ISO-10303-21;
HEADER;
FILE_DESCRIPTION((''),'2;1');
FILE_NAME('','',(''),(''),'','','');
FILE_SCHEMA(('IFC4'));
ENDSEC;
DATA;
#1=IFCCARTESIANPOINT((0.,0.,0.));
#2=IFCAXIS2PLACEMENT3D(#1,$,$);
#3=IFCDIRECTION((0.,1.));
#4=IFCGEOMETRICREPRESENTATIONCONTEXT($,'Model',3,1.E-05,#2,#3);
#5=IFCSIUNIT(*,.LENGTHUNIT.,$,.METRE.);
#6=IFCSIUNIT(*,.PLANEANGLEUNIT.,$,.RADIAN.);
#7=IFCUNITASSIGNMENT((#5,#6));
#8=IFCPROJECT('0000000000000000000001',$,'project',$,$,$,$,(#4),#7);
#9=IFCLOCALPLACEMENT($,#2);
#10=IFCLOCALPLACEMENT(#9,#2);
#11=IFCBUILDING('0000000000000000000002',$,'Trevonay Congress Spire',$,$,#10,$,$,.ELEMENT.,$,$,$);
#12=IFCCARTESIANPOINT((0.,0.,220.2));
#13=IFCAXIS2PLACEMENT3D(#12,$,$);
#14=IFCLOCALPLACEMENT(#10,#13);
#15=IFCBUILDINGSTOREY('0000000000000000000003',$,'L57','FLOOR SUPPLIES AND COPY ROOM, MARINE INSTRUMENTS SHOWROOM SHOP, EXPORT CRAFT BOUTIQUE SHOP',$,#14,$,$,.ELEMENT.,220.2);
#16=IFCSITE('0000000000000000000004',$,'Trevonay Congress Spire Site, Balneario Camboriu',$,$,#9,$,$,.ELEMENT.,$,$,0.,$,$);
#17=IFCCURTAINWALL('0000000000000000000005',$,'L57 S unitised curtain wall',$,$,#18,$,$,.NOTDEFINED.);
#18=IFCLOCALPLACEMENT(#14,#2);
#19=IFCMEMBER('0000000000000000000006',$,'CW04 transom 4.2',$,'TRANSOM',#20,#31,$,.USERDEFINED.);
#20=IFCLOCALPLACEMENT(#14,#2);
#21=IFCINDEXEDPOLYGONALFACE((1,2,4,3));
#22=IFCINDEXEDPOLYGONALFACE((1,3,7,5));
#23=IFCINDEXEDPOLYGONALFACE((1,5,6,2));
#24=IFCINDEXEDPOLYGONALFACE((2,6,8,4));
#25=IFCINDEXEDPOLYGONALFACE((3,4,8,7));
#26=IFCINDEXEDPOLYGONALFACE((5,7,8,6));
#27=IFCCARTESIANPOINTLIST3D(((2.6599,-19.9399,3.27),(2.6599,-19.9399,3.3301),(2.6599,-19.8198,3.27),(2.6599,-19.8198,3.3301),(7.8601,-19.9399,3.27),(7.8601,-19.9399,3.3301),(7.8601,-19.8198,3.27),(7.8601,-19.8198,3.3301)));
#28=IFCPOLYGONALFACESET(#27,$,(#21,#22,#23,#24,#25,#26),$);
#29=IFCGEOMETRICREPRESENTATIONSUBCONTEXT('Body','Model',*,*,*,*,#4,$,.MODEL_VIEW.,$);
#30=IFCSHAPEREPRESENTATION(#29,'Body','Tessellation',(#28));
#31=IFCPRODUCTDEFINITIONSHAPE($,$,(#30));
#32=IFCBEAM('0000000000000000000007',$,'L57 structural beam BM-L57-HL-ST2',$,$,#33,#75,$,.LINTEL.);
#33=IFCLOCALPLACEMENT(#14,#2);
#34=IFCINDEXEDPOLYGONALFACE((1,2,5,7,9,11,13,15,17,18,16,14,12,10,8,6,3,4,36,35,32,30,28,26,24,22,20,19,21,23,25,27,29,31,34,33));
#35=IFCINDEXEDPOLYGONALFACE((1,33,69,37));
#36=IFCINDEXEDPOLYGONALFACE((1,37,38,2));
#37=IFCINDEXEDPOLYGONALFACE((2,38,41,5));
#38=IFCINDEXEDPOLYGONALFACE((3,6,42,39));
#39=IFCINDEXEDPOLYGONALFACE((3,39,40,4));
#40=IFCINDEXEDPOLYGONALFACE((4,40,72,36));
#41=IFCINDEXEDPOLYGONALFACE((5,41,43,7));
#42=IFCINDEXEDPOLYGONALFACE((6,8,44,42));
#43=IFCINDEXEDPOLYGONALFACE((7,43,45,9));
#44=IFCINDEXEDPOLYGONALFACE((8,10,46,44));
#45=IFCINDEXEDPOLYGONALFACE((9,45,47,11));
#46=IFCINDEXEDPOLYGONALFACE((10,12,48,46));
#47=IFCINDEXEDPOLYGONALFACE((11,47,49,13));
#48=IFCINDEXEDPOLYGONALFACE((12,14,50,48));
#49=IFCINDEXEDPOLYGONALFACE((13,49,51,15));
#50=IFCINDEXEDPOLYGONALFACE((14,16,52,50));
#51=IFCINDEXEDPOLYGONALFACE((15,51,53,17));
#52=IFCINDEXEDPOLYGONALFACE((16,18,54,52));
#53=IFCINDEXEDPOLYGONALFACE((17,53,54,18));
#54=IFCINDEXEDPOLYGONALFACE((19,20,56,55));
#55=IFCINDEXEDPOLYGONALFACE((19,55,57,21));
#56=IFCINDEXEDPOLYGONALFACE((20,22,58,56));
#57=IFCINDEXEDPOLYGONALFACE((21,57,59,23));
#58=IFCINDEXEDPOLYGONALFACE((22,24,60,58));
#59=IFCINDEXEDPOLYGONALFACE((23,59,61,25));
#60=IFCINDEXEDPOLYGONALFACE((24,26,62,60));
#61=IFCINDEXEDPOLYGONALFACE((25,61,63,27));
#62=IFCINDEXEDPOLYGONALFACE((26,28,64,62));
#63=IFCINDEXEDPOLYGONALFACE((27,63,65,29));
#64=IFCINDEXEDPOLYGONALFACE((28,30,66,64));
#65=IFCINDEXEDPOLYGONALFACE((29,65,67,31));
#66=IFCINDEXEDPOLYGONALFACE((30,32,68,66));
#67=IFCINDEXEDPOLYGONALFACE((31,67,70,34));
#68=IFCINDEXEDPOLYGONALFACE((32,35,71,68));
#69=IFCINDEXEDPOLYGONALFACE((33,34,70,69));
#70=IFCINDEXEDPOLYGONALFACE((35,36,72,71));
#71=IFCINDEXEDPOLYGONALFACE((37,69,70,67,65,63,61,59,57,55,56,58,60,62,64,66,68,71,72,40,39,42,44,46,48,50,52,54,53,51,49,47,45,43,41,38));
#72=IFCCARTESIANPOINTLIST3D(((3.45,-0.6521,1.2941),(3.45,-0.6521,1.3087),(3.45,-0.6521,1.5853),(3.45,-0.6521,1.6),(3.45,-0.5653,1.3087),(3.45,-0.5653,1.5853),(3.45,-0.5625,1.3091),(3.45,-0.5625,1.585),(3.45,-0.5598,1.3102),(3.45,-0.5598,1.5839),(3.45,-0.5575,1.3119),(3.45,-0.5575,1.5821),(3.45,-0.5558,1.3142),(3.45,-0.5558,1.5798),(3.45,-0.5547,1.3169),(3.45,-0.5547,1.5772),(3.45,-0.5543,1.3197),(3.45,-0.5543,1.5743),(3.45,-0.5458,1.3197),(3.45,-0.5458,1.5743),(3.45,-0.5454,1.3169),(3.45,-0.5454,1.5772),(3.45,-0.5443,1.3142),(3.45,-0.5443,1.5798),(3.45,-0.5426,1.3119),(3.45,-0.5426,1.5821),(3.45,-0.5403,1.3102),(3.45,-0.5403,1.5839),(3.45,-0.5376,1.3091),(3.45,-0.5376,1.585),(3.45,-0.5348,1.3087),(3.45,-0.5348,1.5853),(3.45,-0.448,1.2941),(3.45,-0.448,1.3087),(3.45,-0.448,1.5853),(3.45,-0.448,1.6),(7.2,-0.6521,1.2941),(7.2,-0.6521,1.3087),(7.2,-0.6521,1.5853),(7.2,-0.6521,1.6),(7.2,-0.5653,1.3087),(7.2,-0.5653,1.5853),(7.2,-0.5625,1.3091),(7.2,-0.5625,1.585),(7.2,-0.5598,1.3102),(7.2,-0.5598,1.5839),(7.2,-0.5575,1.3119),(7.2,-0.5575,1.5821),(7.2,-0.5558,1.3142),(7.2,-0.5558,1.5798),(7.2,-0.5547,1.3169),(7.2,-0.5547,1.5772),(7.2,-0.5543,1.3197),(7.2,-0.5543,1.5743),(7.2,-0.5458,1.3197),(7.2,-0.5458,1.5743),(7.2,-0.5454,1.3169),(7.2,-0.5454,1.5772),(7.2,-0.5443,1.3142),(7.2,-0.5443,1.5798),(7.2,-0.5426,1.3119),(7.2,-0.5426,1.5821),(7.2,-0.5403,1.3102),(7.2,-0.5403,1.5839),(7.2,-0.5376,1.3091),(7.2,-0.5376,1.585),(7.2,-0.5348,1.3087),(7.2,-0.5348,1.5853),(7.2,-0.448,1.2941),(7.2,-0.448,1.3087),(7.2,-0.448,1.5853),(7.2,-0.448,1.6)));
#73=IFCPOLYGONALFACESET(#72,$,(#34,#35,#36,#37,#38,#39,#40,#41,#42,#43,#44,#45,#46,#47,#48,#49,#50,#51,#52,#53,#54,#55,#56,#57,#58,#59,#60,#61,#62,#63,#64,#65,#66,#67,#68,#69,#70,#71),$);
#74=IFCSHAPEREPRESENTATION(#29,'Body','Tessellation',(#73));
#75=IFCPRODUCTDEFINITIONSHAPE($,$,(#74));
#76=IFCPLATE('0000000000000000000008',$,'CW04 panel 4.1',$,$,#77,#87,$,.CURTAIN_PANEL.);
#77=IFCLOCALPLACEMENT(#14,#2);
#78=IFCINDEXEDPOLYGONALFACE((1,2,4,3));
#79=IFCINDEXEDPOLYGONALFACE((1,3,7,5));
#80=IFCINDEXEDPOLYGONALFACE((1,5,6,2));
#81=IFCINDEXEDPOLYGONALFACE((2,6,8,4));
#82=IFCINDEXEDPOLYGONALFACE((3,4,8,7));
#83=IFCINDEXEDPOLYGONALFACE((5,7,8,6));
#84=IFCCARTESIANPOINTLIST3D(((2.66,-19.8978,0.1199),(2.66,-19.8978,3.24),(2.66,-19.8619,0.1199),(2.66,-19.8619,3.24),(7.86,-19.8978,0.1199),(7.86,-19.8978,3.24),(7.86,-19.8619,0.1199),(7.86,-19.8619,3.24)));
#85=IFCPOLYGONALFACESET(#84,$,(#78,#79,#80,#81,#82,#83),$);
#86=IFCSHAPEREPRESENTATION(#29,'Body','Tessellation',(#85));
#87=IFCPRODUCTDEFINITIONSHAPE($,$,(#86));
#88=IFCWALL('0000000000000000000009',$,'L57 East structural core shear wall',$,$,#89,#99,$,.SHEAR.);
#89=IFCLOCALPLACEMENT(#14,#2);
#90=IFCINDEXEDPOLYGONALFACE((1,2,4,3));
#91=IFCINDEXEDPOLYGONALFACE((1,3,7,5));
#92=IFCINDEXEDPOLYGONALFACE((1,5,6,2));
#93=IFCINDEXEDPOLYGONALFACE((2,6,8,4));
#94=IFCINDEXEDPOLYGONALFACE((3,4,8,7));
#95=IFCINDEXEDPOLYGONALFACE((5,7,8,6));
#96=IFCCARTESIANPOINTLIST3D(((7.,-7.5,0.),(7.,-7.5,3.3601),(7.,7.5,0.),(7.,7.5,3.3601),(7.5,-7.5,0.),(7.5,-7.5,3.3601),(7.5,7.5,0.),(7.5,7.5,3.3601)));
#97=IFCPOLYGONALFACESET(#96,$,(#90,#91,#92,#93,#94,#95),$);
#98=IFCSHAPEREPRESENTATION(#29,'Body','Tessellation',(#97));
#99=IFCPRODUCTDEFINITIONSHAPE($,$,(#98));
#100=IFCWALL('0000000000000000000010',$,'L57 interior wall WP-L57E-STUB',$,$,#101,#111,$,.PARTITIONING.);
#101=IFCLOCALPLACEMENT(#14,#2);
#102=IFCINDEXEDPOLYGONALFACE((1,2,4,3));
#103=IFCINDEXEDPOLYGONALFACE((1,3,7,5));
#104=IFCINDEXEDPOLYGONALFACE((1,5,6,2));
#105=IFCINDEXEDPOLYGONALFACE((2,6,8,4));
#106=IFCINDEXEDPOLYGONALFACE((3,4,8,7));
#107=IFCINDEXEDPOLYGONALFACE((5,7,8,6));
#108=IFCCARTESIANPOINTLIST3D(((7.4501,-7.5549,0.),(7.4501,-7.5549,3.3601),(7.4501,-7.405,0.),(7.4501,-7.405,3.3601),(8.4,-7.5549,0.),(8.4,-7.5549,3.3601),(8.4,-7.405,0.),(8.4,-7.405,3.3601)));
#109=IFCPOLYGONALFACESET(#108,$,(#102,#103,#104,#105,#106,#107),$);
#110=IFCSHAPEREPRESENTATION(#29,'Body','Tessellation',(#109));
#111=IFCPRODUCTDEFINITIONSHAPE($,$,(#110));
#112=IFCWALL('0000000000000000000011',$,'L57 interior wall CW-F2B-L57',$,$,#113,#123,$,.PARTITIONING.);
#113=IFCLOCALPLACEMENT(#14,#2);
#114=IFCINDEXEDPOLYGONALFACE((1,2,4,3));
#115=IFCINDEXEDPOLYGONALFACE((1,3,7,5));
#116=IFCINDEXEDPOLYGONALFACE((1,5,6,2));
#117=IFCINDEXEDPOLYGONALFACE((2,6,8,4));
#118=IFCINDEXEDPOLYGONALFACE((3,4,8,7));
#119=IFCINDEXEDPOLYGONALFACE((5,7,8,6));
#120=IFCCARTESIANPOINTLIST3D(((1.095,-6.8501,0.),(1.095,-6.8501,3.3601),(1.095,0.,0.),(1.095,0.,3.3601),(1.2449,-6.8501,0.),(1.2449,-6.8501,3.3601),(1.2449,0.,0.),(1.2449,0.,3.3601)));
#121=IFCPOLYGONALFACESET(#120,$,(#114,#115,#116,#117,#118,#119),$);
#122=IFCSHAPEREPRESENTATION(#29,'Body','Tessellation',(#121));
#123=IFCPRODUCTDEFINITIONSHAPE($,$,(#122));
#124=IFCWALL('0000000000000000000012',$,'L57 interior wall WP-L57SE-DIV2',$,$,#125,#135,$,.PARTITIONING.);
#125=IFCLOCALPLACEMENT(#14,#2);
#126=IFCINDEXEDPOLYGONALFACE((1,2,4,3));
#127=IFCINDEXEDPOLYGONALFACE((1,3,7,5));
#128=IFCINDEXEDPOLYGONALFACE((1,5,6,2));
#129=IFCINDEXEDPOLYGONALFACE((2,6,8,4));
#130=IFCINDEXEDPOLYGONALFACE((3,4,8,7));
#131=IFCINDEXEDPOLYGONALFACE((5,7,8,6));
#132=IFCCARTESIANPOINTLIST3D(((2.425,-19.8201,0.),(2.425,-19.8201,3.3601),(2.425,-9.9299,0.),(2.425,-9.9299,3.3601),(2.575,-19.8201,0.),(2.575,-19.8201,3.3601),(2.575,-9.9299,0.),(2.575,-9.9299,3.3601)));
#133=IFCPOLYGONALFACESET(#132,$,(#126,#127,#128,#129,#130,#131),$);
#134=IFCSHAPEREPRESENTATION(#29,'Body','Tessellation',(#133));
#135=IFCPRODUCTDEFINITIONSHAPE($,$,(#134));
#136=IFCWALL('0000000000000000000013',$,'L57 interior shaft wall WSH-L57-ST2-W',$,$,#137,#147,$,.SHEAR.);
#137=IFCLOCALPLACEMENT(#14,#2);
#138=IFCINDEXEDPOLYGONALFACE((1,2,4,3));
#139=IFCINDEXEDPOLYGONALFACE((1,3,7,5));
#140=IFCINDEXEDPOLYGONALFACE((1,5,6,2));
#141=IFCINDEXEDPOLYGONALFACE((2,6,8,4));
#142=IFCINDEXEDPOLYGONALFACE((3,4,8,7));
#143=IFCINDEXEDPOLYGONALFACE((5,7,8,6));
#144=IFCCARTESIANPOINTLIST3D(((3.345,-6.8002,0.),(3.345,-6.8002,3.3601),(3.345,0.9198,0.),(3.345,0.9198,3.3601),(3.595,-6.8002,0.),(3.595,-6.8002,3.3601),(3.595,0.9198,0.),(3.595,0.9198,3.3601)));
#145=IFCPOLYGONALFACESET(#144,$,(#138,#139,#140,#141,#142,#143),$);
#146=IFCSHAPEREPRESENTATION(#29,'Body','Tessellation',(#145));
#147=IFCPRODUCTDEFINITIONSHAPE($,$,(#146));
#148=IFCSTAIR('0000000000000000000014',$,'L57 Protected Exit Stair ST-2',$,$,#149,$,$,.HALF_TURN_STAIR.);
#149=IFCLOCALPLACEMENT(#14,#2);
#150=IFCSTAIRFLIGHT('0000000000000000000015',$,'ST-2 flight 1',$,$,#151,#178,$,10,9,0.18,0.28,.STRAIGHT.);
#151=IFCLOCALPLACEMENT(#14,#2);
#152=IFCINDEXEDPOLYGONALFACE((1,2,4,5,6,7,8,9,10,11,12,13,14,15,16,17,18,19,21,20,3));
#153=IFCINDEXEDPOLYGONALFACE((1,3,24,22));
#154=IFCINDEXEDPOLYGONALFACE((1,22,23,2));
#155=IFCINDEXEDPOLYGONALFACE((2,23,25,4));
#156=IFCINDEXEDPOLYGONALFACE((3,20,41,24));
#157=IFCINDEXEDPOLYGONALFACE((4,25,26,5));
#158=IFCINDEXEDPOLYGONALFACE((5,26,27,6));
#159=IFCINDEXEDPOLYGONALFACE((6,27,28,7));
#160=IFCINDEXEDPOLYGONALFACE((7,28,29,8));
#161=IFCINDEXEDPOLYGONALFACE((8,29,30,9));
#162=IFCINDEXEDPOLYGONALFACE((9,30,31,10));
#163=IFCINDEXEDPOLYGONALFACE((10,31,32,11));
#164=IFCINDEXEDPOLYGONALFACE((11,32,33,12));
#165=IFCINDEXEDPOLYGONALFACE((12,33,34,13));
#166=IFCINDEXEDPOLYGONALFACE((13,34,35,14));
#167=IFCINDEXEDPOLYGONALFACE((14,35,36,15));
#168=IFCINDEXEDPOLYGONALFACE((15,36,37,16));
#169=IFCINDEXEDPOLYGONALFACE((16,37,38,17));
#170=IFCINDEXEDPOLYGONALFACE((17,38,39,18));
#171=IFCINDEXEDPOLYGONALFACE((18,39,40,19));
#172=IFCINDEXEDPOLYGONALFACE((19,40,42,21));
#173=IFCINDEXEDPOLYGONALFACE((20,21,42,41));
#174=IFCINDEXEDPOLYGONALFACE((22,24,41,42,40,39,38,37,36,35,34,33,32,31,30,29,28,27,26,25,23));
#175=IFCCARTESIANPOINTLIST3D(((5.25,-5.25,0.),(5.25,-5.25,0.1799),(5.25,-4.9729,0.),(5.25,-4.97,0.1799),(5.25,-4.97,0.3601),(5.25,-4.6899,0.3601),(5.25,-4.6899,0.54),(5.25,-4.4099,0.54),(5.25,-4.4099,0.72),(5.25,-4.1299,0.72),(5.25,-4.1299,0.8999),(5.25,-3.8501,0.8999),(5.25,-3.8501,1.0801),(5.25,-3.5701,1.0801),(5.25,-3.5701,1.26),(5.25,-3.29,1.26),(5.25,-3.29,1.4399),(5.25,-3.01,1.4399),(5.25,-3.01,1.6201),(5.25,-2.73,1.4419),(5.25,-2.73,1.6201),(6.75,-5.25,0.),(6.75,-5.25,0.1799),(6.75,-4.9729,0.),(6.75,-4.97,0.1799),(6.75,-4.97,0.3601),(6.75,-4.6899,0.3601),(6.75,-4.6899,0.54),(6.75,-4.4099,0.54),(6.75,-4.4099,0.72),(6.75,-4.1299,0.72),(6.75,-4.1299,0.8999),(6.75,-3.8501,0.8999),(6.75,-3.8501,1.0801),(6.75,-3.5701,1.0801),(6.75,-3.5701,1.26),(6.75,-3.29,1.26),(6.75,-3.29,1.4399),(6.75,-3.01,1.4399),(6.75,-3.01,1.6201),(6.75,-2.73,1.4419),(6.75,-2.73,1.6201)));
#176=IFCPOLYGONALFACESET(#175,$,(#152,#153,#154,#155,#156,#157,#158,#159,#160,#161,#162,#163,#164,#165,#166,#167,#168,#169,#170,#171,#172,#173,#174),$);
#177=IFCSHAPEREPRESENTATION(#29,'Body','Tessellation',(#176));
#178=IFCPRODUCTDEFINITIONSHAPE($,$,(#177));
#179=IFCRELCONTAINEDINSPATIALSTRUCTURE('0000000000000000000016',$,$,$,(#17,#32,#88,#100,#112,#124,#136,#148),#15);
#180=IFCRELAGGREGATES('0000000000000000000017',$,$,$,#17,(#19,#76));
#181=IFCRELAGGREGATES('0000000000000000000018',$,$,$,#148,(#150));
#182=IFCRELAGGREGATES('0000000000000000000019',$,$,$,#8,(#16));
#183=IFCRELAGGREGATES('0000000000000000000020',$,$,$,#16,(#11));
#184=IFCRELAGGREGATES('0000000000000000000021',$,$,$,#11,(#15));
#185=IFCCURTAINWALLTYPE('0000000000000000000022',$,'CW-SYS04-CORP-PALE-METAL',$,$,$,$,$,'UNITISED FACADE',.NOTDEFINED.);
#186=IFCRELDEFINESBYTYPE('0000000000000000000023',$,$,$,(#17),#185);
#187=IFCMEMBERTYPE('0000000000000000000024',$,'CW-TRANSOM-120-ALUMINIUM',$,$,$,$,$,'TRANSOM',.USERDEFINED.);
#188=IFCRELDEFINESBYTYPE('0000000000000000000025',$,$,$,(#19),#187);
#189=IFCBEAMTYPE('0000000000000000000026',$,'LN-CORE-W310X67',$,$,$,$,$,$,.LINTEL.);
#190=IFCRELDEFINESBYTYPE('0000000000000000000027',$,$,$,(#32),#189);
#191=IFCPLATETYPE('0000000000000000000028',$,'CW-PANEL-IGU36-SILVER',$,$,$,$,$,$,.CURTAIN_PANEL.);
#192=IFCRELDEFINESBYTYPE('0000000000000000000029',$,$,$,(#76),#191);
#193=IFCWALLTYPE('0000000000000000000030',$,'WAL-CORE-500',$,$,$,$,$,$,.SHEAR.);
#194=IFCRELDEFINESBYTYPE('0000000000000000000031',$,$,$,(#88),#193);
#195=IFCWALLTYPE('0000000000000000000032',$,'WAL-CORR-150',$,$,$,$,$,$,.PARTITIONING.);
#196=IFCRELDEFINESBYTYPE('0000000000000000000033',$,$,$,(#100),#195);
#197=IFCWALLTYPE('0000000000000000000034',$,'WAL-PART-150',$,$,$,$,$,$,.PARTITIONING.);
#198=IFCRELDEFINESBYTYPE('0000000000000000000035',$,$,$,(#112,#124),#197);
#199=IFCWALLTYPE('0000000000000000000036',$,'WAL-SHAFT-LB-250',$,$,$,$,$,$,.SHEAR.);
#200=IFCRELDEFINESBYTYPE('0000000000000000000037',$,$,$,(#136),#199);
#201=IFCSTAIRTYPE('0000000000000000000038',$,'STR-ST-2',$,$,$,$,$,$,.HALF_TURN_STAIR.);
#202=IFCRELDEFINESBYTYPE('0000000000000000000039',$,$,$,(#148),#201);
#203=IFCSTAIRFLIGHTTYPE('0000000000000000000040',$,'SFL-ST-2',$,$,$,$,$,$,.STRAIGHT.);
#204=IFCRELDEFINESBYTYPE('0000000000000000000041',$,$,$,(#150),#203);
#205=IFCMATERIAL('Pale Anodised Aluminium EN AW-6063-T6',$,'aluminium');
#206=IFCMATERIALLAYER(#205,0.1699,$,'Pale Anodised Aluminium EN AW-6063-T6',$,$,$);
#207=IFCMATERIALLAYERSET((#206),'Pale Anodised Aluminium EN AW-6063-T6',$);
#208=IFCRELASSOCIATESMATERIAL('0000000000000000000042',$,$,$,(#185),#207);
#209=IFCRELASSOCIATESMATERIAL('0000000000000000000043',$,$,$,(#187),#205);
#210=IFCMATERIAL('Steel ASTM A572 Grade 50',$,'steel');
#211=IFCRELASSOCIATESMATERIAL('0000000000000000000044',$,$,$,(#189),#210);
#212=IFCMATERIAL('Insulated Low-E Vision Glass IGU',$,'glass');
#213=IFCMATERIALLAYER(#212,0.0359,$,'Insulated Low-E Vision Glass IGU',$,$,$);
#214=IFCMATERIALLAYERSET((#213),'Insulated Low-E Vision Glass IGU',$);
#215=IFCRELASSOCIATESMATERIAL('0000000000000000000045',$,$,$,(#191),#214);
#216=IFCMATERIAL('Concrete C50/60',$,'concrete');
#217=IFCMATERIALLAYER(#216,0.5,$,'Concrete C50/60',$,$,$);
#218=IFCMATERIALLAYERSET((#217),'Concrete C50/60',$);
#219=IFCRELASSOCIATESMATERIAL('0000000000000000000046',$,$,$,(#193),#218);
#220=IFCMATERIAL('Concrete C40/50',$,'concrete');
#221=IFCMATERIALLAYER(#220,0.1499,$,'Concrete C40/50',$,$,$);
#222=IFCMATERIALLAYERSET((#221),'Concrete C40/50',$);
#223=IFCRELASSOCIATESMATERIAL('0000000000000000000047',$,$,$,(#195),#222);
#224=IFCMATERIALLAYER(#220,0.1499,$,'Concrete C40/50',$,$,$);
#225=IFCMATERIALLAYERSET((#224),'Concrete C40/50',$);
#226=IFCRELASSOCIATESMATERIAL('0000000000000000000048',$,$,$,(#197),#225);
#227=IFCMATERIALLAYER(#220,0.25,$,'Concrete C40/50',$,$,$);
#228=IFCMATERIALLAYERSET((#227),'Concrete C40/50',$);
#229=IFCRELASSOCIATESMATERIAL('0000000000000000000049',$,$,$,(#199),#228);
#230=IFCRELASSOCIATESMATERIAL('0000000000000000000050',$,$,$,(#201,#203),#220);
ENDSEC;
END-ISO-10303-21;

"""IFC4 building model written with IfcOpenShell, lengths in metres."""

from ifc_helpers import new_model, si_unit, direction, frame, frame_2d, origin, origin_2d, place, context, subcontext, project, spatial, polyline, rectangle, i_section, outline, extrude, material, layer, layer_set, material_profile, profile_set, type_object, element, aggregate, save


model = new_model("IFC4")

# Units and contexts
model_context = context("Model", 3, precision=1e-05, world=origin(), true_north=direction((0.0, 1.0)))
body_context = subcontext(model_context, "Body", "Model", "MODEL_VIEW")
ifc_project = project(units=[si_unit("LENGTHUNIT", "METRE"), si_unit("PLANEANGLEUNIT", "RADIAN")], contexts=[model_context])

# Site, building, storey
site_placement = place(None, origin())
site = spatial("IfcSite", under=ifc_project, at=site_placement, Name="Trevonay Congress Spire Site, Balneario Camboriu", CompositionType="ELEMENT", RefElevation=0.0)
building_placement = place(site_placement, origin())
building = spatial("IfcBuilding", under=site, at=building_placement, Name="Trevonay Congress Spire", CompositionType="ELEMENT")
storey_placement = place(building_placement, frame((0.0, 0.0, 220.2)))
storey = spatial("IfcBuildingStorey", under=building, at=storey_placement, Name="L57", Description="FLOOR SUPPLIES AND COPY ROOM, MARINE INSTRUMENTS SHOWROOM SHOP, EXPORT CRAFT BOUTIQUE SHOP", CompositionType="ELEMENT", Elevation=220.2)

# Shared definitions
ifc_material_1 = material(Name="Steel ASTM A572 Grade 50", Category="steel")

# Curtain wall, member
ifc_material_2 = material(Name="Pale Anodised Aluminium EN AW-6063-T6", Category="aluminium")
ifc_layer_1 = layer(ifc_material_2, 0.1699, Name="Pale Anodised Aluminium EN AW-6063-T6")
ifc_layer_set_1 = layer_set([ifc_layer_1], Name="Pale Anodised Aluminium EN AW-6063-T6")
curtain_wall_type = type_object("IfcCurtainWallType", Name="CW-SYS04-CORP-PALE-METAL", ElementType="UNITISED FACADE", PredefinedType="NOTDEFINED", material=ifc_layer_set_1)
curtain_wall_placement = place(storey_placement, origin())
curtain_wall = element("IfcCurtainWall", 1, at=curtain_wall_placement, inside=storey, type_object=curtain_wall_type, Name="L57 S unitised curtain wall", PredefinedType="NOTDEFINED")
ifc_material_profile_1 = material_profile(ifc_material_2, rectangle(XDim=0.1201, YDim=0.0601, at=origin_2d()), Name="CW-TRANSOM-120-ALUMINIUM")
ifc_profile_set_1 = profile_set([ifc_material_profile_1], Name="Pale Anodised Aluminium EN AW-6063-T6")
member_type_1 = type_object("IfcMemberType", Name="CW-TRANSOM-120-ALUMINIUM", ElementType="TRANSOM", PredefinedType="USERDEFINED", material=ifc_profile_set_1)
member_1_placement = place(storey_placement, frame((2.6599, -19.8799, 3.3), z_axis=(1.0, 0.0, 0.0), x_axis=(0.0, 1.0, 0.0)))
member_1 = element("IfcMember", 2, at=member_1_placement, type_object=member_type_1, Name="CW04 transom 4.2", ObjectType="TRANSOM", PredefinedType="USERDEFINED", context=body_context, shape_type="SweptSolid", body=[
    extrude(rectangle(XDim=0.1201, YDim=0.0601, at=origin_2d()), origin(), (0.0, 0.0, 1.0), 5.2002),
])

# Beam
ifc_material_profile_2 = material_profile(ifc_material_1, i_section(OverallWidth=0.2041, OverallDepth=0.3059, WebThickness=0.0085, FlangeThickness=0.0146, FilletRadius=0.011, at=origin_2d()), Name="W310x67")
ifc_profile_set_2 = profile_set([ifc_material_profile_2], Name="Steel ASTM A572 Grade 50")
beam_type_1 = type_object("IfcBeamType", Name="LN-CORE-W310X67", PredefinedType="LINTEL", material=ifc_profile_set_2)
beam_1_placement = place(storey_placement, frame((3.45, -0.55, 1.447), z_axis=(1.0, 0.0, 0.0), x_axis=(0.0, 1.0, 0.0)))
element("IfcBeam", 3, at=beam_1_placement, inside=storey, type_object=beam_type_1, Name="L57 structural beam BM-L57-HL-ST2", PredefinedType="LINTEL", context=body_context, shape_type="SweptSolid", body=[
    extrude(i_section(OverallWidth=0.2041, OverallDepth=0.3059, WebThickness=0.0085, FlangeThickness=0.0146, FilletRadius=0.011, at=origin_2d()), origin(), (0.0, 0.0, 1.0), 3.75),
])

# Plate
ifc_material_3 = material(Name="Insulated Low-E Vision Glass IGU", Category="glass")
ifc_layer_2 = layer(ifc_material_3, 0.0359, Name="Insulated Low-E Vision Glass IGU")
ifc_layer_set_2 = layer_set([ifc_layer_2], Name="Insulated Low-E Vision Glass IGU")
plate_type = type_object("IfcPlateType", Name="CW-PANEL-IGU36-SILVER", PredefinedType="CURTAIN_PANEL", material=ifc_layer_set_2)
plate_placement = place(storey_placement, frame((5.26, -19.8799, 0.1199), z_axis=(0.0, 0.0, 1.0), x_axis=(1.0, 0.0, 0.0)))
plate = element("IfcPlate", 4, at=plate_placement, type_object=plate_type, Name="CW04 panel 4.1", PredefinedType="CURTAIN_PANEL", context=body_context, shape_type="SweptSolid", body=[
    extrude(rectangle(XDim=5.2, YDim=0.0359, at=origin_2d()), origin(), (0.0, 0.0, 1.0), 3.1201),
])
aggregate(curtain_wall, [member_1, plate])

# Walls
ifc_material_4 = material(Name="Concrete C50/60", Category="concrete")
ifc_layer_3 = layer(ifc_material_4, 0.5, Name="Concrete C50/60")
ifc_layer_set_3 = layer_set([ifc_layer_3], Name="Concrete C50/60")
wall_type_1 = type_object("IfcWallType", Name="WAL-CORE-500", PredefinedType="SHEAR", material=ifc_layer_set_3)
wall_1_placement = place(storey_placement, frame((7.25, -7.5, 0.0), z_axis=(0.0, 0.0, 1.0), x_axis=(0.0, 1.0, 0.0)))
element("IfcWall", 5, at=wall_1_placement, inside=storey, type_object=wall_type_1, Name="L57 East structural core shear wall", PredefinedType="SHEAR", context=body_context, shape_type="SweptSolid", body=[
    extrude(rectangle(XDim=15.0, YDim=0.5, at=frame_2d((7.5, 0.0))), origin(), (0.0, 0.0, 1.0), 3.3601),
])
ifc_material_5 = material(Name="Concrete C40/50", Category="concrete")
ifc_layer_4 = layer(ifc_material_5, 0.1499, Name="Concrete C40/50")
ifc_layer_set_4 = layer_set([ifc_layer_4], Name="Concrete C40/50")
wall_type_2 = type_object("IfcWallType", Name="WAL-CORR-150", PredefinedType="PARTITIONING", material=ifc_layer_set_4)
wall_2_placement = place(storey_placement, frame((7.45, -7.48, 0.0), z_axis=(0.0, 0.0, 1.0), x_axis=(1.0, 0.0, 0.0)))
element("IfcWall", 6, at=wall_2_placement, inside=storey, type_object=wall_type_2, Name="L57 interior wall WP-L57E-STUB", PredefinedType="PARTITIONING", context=body_context, shape_type="SweptSolid", body=[
    extrude(rectangle(XDim=0.95, YDim=0.1499, at=frame_2d((0.4751, 0.0))), origin(), (0.0, 0.0, 1.0), 3.3601),
])
ifc_layer_5 = layer(ifc_material_5, 0.1499, Name="Concrete C40/50")
ifc_layer_set_5 = layer_set([ifc_layer_5], Name="Concrete C40/50")
wall_type_3 = type_object("IfcWallType", Name="WAL-PART-150", PredefinedType="PARTITIONING", material=ifc_layer_set_5)
wall_3_placement = place(storey_placement, frame((1.1699, -6.8501, 0.0), z_axis=(0.0, 0.0, 1.0), x_axis=(0.0, 1.0, 0.0)))
element("IfcWall", 7, at=wall_3_placement, inside=storey, type_object=wall_type_3, Name="L57 interior wall CW-F2B-L57", PredefinedType="PARTITIONING", context=body_context, shape_type="SweptSolid", body=[
    extrude(rectangle(XDim=6.8501, YDim=0.1499, at=frame_2d((3.425, 0.0))), origin(), (0.0, 0.0, 1.0), 3.3601),
])
wall_4_placement = place(storey_placement, frame((2.5, -19.8201, 0.0), z_axis=(0.0, 0.0, 1.0), x_axis=(0.0, 1.0, 0.0)))
element("IfcWall", 8, at=wall_4_placement, inside=storey, type_object=wall_type_3, Name="L57 interior wall WP-L57SE-DIV2", PredefinedType="PARTITIONING", context=body_context, shape_type="SweptSolid", body=[
    extrude(rectangle(XDim=9.8901, YDim=0.1499, at=frame_2d((4.9451, 0.0))), origin(), (0.0, 0.0, 1.0), 3.3601),
])
ifc_layer_6 = layer(ifc_material_5, 0.25, Name="Concrete C40/50")
ifc_layer_set_6 = layer_set([ifc_layer_6], Name="Concrete C40/50")
wall_type_4 = type_object("IfcWallType", Name="WAL-SHAFT-LB-250", PredefinedType="SHEAR", material=ifc_layer_set_6)
wall_5_placement = place(storey_placement, frame((3.47, -6.8, 0.0), z_axis=(0.0, 0.0, 1.0), x_axis=(0.0, 1.0, 0.0)))
element("IfcWall", 9, at=wall_5_placement, inside=storey, type_object=wall_type_4, Name="L57 interior shaft wall WSH-L57-ST2-W", PredefinedType="SHEAR", context=body_context, shape_type="SweptSolid", body=[
    extrude(rectangle(XDim=7.72, YDim=0.25, at=frame_2d((3.8599, 0.0))), origin(), (0.0, 0.0, 1.0), 3.3601),
])

# Stair, stair flight
stair_type = type_object("IfcStairType", Name="STR-ST-2", PredefinedType="HALF_TURN_STAIR", material=ifc_material_5)
stair_placement = place(storey_placement, origin())
stair = element("IfcStair", 10, at=stair_placement, inside=storey, type_object=stair_type, Name="L57 Protected Exit Stair ST-2", PredefinedType="HALF_TURN_STAIR")
stair_flight_type = type_object("IfcStairFlightType", Name="SFL-ST-2", PredefinedType="STRAIGHT", material=ifc_material_5)
stair_flight_1_placement = place(storey_placement, frame((6.0, -5.25, 0.0), z_axis=(0.0, 0.0, 1.0), x_axis=(0.0, 1.0, 0.0)))
stair_flight_1 = element("IfcStairFlight", 11, at=stair_flight_1_placement, type_object=stair_flight_type, Name="ST-2 flight 1", NumberOfRisers=10, NumberOfTreads=9, PredefinedType="STRAIGHT", RiserHeight=0.18, TreadLength=0.28, context=body_context, shape_type="SweptSolid", body=[
    extrude(outline(polyline([(0.0, 0.0), (0.0, 0.1799), (0.28, 0.1799), (0.28, 0.3601), (0.5601, 0.3601), (0.5601, 0.54), (0.8401, 0.54), (0.8401, 0.72), (1.1201, 0.72), (1.1201, 0.8999), (1.3999, 0.8999), (1.3999, 1.0801), (1.6799, 1.0801), (1.6799, 1.26), (1.96, 1.26), (1.96, 1.4399), (2.24, 1.4399), (2.24, 1.6201), (2.52, 1.6201), (2.52, 1.8), (2.52, 1.4419), (0.2771, 0.0), (0.0, 0.0)])), frame((0.0, 0.75, 0.0), z_axis=(0.0, -1.0, 0.0), x_axis=(1.0, 0.0, 0.0)), (0.0, 0.0, 1.0), 1.5),
])
aggregate(stair, [stair_flight_1])

save(model, "model.ifc")
